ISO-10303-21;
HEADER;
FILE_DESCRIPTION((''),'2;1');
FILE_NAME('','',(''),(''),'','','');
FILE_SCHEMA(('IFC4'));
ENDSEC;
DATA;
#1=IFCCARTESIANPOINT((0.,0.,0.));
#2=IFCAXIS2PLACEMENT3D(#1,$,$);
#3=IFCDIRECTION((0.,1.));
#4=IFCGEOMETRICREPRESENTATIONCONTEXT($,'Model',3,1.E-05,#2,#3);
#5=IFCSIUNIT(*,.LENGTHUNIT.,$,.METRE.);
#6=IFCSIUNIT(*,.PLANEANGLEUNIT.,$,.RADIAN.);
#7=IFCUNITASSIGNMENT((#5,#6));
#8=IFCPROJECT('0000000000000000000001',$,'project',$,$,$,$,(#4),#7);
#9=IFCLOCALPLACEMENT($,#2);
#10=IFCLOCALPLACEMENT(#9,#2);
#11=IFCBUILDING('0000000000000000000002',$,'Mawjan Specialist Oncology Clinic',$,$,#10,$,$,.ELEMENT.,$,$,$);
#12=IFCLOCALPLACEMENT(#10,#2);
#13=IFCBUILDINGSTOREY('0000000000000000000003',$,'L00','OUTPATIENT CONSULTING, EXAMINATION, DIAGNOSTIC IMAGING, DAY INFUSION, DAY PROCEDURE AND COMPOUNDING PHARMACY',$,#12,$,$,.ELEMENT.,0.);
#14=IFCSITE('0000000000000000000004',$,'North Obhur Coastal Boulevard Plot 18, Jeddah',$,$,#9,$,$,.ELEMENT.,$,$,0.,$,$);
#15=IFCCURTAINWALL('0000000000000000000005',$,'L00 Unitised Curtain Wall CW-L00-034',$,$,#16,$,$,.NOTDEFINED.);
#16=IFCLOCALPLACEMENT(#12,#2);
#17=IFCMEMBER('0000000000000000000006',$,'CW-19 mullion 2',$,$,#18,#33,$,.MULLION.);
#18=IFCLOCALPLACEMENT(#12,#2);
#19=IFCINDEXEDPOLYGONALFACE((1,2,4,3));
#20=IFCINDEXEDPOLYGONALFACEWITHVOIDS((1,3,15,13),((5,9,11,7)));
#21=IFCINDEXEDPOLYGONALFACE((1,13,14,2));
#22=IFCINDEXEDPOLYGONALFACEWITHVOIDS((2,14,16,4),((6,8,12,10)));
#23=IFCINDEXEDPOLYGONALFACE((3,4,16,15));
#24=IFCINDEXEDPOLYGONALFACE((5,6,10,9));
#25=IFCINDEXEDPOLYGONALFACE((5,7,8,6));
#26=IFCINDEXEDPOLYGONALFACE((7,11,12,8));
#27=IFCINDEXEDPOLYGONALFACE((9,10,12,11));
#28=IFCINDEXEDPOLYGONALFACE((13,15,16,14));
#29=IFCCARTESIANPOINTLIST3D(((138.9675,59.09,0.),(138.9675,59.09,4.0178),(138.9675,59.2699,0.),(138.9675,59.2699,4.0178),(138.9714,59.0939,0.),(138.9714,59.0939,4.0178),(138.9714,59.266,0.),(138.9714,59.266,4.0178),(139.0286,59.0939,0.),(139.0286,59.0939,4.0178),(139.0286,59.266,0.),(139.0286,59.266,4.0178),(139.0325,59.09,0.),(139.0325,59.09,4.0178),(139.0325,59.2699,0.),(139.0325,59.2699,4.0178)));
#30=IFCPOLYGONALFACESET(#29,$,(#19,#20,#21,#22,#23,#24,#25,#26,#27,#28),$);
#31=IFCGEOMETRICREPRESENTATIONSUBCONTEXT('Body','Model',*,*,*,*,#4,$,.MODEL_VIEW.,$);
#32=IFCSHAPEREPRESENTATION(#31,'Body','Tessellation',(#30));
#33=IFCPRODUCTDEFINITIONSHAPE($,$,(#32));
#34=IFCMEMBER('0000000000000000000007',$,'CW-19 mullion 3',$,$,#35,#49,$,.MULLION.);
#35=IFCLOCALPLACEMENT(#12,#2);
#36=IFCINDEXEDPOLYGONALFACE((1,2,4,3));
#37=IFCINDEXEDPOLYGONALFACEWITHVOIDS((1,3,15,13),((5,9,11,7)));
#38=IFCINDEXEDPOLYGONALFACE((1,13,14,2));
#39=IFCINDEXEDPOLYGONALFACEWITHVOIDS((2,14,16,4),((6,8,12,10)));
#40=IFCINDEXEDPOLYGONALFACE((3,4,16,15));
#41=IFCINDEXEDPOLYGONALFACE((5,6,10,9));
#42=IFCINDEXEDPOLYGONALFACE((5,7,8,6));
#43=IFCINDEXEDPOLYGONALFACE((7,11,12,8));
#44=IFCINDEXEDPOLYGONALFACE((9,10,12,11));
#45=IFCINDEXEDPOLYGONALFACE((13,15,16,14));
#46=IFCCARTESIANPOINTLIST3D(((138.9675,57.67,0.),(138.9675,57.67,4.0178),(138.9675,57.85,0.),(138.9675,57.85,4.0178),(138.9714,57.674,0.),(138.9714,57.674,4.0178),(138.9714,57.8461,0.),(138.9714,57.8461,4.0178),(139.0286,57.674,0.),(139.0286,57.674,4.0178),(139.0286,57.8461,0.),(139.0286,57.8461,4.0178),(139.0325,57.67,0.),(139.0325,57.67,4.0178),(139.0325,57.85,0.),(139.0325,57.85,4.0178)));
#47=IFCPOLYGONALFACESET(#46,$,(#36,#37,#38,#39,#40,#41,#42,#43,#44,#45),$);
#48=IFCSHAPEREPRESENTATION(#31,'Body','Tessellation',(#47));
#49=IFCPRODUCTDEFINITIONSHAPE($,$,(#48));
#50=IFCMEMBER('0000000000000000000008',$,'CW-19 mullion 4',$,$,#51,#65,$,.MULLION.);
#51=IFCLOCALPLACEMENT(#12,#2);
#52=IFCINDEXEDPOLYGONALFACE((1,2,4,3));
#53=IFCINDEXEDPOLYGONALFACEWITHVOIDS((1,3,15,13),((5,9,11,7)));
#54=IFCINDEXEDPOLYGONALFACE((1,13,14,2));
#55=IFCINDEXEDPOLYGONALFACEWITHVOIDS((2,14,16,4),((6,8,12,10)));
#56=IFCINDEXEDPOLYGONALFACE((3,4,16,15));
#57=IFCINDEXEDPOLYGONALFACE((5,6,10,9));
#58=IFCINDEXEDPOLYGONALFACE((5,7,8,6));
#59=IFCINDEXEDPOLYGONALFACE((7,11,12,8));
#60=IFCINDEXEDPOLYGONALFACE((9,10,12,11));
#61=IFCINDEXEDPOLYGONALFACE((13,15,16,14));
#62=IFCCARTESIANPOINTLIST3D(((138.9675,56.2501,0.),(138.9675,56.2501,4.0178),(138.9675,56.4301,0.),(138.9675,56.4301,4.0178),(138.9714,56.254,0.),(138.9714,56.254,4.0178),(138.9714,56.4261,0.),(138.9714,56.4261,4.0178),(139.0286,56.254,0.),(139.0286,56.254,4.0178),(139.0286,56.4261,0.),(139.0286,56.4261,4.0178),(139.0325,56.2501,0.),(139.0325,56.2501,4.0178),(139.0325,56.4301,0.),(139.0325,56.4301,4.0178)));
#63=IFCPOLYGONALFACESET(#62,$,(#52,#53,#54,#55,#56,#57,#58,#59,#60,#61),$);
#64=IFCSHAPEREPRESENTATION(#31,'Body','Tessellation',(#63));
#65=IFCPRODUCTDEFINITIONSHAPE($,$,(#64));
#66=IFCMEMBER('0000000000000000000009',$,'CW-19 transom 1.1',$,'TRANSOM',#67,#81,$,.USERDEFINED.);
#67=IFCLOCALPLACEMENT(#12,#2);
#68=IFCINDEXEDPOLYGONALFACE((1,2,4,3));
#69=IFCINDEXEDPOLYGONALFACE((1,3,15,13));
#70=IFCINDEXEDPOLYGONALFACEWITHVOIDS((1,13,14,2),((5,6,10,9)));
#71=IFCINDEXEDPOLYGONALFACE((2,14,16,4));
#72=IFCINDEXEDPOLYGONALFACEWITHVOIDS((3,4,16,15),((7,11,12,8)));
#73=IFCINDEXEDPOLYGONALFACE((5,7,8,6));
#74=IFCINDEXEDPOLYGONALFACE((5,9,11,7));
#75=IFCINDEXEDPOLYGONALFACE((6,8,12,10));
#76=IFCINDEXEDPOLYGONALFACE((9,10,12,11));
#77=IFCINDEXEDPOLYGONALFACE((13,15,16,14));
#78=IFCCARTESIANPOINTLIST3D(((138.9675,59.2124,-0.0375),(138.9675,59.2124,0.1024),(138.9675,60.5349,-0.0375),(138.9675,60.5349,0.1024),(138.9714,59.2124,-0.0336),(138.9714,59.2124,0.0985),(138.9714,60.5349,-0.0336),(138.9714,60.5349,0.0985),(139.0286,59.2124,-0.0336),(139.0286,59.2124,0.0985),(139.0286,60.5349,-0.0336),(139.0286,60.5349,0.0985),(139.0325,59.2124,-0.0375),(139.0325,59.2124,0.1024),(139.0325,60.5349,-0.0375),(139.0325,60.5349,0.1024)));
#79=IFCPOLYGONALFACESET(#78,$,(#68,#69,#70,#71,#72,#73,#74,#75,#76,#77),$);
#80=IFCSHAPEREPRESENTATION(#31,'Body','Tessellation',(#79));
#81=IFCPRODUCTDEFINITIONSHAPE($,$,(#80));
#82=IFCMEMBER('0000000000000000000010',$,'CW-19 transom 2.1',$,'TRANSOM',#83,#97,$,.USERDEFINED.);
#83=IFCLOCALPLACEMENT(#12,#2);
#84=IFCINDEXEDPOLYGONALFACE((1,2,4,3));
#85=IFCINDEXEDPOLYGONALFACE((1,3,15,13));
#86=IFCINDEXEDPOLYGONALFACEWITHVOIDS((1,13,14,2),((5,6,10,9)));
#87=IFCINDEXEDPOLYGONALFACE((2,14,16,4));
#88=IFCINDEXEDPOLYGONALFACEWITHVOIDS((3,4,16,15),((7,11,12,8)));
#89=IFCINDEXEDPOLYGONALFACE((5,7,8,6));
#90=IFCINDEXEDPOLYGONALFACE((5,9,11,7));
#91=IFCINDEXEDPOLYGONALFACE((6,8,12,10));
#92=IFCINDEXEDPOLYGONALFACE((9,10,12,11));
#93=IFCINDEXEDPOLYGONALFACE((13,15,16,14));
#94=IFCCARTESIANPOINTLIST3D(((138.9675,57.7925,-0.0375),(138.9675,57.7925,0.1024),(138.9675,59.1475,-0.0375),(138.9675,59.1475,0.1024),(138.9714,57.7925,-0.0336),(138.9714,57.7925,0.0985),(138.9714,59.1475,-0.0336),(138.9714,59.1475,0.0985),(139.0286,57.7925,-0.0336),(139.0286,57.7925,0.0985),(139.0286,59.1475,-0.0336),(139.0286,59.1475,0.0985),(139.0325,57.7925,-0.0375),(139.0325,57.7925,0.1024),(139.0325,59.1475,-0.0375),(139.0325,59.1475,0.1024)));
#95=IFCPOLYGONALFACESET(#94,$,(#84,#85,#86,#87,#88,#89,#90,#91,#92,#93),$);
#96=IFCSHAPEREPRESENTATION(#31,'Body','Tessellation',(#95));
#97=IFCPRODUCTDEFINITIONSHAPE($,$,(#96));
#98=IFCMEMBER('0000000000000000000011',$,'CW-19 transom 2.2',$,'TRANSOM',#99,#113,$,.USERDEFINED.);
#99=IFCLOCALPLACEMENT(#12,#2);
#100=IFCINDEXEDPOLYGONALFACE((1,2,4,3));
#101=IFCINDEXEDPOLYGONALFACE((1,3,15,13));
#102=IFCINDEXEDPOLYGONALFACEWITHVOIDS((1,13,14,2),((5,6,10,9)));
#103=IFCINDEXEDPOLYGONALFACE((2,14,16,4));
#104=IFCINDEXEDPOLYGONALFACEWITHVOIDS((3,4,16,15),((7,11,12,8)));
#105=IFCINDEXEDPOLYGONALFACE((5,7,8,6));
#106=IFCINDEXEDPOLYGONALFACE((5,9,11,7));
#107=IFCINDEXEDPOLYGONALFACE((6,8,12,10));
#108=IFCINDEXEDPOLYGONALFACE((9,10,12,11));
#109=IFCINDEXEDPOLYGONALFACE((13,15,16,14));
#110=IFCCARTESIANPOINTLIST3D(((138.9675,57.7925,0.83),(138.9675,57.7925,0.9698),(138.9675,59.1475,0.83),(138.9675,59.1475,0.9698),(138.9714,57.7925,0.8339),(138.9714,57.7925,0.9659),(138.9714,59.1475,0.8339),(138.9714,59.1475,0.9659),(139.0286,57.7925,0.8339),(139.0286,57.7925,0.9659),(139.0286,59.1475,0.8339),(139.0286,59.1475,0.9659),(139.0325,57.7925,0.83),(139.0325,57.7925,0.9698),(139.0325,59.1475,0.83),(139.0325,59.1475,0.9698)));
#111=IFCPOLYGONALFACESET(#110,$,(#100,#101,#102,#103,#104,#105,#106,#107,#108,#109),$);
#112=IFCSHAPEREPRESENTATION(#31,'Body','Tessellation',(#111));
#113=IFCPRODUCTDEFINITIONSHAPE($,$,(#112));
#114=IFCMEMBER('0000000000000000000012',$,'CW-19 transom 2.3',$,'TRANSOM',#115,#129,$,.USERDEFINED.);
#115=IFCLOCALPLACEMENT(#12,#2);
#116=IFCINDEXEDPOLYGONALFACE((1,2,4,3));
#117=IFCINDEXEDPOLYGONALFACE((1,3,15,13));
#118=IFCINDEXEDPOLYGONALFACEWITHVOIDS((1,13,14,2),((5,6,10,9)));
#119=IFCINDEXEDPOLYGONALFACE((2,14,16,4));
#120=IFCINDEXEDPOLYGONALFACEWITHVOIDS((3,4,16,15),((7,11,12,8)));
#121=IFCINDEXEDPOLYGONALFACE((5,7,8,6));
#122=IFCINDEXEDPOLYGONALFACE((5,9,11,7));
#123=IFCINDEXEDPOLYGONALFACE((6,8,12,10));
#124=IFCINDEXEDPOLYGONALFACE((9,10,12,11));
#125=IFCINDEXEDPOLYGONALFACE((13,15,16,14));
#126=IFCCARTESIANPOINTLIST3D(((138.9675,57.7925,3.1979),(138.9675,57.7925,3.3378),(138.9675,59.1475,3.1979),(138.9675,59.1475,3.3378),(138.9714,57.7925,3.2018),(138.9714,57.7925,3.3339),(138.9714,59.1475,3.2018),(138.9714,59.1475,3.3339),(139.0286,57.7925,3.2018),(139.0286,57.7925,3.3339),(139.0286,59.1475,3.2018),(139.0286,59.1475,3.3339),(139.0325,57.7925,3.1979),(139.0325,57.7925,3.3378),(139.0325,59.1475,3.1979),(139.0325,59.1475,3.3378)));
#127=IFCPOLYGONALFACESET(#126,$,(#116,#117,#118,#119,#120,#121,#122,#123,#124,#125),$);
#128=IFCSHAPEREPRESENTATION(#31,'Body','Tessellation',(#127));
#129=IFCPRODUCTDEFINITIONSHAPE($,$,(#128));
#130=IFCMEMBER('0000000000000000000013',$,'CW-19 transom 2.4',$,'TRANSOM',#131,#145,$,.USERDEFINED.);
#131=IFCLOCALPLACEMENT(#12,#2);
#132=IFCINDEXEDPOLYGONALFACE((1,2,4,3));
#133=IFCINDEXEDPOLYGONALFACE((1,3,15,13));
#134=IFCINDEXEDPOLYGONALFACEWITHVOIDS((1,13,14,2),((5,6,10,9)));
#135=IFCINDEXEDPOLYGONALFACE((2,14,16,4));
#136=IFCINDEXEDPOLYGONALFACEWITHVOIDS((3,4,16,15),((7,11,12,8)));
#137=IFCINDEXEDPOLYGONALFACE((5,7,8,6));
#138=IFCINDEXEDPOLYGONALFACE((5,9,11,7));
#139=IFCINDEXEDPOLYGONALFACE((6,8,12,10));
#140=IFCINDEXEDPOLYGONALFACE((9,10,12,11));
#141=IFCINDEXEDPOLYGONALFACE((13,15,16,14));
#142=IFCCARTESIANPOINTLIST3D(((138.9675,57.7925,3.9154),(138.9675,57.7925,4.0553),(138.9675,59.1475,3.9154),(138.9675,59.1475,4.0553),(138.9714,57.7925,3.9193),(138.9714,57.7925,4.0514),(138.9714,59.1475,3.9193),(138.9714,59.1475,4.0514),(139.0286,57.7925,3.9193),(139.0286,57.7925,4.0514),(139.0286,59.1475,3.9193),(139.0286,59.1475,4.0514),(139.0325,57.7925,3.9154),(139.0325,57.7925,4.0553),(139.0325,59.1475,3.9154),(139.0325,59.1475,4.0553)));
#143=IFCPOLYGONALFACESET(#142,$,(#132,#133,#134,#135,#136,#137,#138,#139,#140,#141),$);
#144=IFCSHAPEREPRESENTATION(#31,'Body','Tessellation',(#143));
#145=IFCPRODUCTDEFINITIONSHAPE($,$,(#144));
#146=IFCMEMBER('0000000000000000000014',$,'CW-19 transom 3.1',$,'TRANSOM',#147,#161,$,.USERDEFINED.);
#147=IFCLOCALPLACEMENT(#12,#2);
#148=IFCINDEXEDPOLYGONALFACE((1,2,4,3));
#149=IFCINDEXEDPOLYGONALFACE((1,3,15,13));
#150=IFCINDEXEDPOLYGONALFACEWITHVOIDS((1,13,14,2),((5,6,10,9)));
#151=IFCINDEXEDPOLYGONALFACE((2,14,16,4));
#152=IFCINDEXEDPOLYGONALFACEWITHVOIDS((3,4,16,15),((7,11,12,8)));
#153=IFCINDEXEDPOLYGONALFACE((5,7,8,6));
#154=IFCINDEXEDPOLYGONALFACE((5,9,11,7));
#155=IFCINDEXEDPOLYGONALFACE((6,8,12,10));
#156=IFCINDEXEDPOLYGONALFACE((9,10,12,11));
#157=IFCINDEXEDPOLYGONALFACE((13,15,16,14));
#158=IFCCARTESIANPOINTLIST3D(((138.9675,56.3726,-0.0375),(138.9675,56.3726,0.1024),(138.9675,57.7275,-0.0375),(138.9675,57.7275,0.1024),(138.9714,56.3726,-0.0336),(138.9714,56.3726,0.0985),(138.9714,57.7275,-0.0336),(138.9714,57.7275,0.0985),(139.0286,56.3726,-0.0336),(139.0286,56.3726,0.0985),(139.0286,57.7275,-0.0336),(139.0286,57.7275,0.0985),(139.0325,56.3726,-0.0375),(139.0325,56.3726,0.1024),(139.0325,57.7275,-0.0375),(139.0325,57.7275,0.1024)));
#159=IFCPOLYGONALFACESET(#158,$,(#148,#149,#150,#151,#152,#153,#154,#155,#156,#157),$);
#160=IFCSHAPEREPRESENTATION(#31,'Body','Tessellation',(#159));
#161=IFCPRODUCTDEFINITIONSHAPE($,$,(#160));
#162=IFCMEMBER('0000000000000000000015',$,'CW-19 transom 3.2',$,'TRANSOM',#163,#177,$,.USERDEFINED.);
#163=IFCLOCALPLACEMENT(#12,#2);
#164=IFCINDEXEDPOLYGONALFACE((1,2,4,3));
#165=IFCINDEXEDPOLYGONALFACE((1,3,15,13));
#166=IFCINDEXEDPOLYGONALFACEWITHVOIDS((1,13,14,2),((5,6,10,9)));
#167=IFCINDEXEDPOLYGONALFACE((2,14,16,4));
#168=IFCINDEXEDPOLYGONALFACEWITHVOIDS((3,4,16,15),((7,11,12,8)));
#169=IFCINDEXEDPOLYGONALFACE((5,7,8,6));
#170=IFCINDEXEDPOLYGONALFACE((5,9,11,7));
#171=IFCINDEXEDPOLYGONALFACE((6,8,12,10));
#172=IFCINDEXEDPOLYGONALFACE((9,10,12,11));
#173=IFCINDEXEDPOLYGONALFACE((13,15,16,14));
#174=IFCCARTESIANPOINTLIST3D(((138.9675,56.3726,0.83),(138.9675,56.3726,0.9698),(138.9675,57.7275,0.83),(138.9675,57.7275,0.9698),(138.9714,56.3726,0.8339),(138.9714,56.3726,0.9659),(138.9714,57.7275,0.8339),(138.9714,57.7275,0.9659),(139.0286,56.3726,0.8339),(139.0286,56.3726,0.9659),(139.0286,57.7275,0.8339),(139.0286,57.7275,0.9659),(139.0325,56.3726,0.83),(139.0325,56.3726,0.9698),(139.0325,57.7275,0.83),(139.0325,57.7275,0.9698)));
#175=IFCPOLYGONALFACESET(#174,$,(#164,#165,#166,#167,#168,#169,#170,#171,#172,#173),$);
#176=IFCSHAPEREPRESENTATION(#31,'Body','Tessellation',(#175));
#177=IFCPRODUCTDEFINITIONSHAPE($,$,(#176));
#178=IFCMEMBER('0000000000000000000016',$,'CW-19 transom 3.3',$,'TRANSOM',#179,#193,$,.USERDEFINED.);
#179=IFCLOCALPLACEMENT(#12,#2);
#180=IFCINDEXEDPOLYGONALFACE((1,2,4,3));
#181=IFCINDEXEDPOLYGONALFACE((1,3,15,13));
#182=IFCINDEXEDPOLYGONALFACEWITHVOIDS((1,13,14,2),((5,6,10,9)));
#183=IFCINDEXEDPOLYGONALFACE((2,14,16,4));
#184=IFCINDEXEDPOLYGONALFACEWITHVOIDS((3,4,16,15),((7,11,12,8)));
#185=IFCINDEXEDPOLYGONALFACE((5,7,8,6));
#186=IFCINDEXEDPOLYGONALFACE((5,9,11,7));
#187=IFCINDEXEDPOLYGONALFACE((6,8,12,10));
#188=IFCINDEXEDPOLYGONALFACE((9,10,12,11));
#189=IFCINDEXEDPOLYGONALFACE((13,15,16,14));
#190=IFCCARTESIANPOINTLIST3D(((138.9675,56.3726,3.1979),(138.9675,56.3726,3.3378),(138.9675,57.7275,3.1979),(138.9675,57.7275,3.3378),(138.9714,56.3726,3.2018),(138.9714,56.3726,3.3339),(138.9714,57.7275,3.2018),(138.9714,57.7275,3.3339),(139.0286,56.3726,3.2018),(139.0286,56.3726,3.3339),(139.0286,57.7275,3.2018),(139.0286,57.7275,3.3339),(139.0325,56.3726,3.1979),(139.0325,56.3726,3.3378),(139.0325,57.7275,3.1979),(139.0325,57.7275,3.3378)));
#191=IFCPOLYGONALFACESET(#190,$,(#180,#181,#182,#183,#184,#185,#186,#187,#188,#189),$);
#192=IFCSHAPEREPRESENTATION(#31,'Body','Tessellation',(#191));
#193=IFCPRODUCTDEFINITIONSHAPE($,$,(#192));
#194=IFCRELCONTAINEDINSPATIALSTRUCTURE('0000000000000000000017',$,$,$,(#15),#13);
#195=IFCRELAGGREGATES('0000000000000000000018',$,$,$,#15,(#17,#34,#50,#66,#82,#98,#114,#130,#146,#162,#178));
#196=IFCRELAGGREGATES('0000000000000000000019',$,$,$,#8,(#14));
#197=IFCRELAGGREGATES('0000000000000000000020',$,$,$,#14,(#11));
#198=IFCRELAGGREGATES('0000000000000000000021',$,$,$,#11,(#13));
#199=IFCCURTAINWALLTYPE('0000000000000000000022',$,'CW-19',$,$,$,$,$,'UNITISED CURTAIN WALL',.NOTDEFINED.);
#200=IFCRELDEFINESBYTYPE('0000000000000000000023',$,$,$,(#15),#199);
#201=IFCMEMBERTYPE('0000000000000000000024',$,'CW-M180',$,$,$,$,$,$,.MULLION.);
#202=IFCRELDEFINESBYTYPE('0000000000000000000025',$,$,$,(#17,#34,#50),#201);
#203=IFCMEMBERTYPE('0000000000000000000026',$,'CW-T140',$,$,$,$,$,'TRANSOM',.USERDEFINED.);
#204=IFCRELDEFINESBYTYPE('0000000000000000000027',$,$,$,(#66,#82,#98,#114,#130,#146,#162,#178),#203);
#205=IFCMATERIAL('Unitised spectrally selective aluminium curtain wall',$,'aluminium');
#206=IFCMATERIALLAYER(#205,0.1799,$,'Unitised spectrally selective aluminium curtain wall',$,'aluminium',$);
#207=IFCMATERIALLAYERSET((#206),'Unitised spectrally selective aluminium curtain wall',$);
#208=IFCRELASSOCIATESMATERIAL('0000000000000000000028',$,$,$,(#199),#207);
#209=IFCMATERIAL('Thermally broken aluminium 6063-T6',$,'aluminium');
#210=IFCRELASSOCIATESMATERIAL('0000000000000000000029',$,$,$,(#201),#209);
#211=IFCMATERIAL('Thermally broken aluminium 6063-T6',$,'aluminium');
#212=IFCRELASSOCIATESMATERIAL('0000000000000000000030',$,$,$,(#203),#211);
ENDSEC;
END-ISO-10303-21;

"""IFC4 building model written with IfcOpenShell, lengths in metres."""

from ifc_helpers import new_model, si_unit, direction, frame, origin, origin_2d, place, context, subcontext, project, spatial, hollow_rectangle, extrude, material, layer, layer_set, material_profile, profile_set, type_object, element, aggregate, save


model = new_model("IFC4")

# Units and contexts
model_context = context("Model", 3, precision=1e-05, world=origin(), true_north=direction((0.0, 1.0)))
body_context = subcontext(model_context, "Body", "Model", "MODEL_VIEW")
ifc_project = project(units=[si_unit("LENGTHUNIT", "METRE"), si_unit("PLANEANGLEUNIT", "RADIAN")], contexts=[model_context])

# Site, building, storey
site_placement = place(None, origin())
site = spatial("IfcSite", under=ifc_project, at=site_placement, Name="North Obhur Coastal Boulevard Plot 18, Jeddah", CompositionType="ELEMENT", RefElevation=0.0)
building_placement = place(site_placement, origin())
building = spatial("IfcBuilding", under=site, at=building_placement, Name="Mawjan Specialist Oncology Clinic", CompositionType="ELEMENT")
storey_placement = place(building_placement, origin())
storey = spatial("IfcBuildingStorey", under=building, at=storey_placement, Name="L00", Description="OUTPATIENT CONSULTING, EXAMINATION, DIAGNOSTIC IMAGING, DAY INFUSION, DAY PROCEDURE AND COMPOUNDING PHARMACY", CompositionType="ELEMENT", Elevation=0.0)

# Curtain wall, members
ifc_material_1 = material(Name="Unitised spectrally selective aluminium curtain wall", Category="aluminium")
ifc_layer_1 = layer(ifc_material_1, 0.1799, Name="Unitised spectrally selective aluminium curtain wall", Category="aluminium")
ifc_layer_set_1 = layer_set([ifc_layer_1], Name="Unitised spectrally selective aluminium curtain wall")
curtain_wall_type = type_object("IfcCurtainWallType", Name="CW-19", ElementType="UNITISED CURTAIN WALL", PredefinedType="NOTDEFINED", material=ifc_layer_set_1)
curtain_wall_placement = place(storey_placement, origin())
curtain_wall = element("IfcCurtainWall", 1, at=curtain_wall_placement, inside=storey, type_object=curtain_wall_type, Name="L00 Unitised Curtain Wall CW-L00-034", PredefinedType="NOTDEFINED")
ifc_material_2 = material(Name="Thermally broken aluminium 6063-T6", Category="aluminium")
ifc_material_profile_1 = material_profile(ifc_material_2, hollow_rectangle(XDim=0.0649, YDim=0.1799, WallThickness=0.0039, at=origin_2d()), Name="ALU MULLION 180x65x4", Category="aluminium")
ifc_profile_set_1 = profile_set([ifc_material_profile_1], Name="Thermally broken aluminium 6063-T6")
member_type_1 = type_object("IfcMemberType", Name="CW-M180", PredefinedType="MULLION", material=ifc_profile_set_1)
member_1_placement = place(storey_placement, frame((139.0, 59.1799, 0.0), z_axis=(0.0, 0.0, 1.0), x_axis=(1.0, 0.0, 0.0)))
member_1 = element("IfcMember", 2, at=member_1_placement, type_object=member_type_1, Name="CW-19 mullion 2", PredefinedType="MULLION", context=body_context, shape_type="SweptSolid", body=[
    extrude(hollow_rectangle(XDim=0.0649, YDim=0.1799, WallThickness=0.0039, at=origin_2d()), origin(), (0.0, 0.0, 1.0), 4.0178),
])
member_2_placement = place(storey_placement, frame((139.0, 57.76, 0.0), z_axis=(0.0, 0.0, 1.0), x_axis=(1.0, 0.0, 0.0)))
member_2 = element("IfcMember", 3, at=member_2_placement, type_object=member_type_1, Name="CW-19 mullion 3", PredefinedType="MULLION", context=body_context, shape_type="SweptSolid", body=[
    extrude(hollow_rectangle(XDim=0.0649, YDim=0.1799, WallThickness=0.0039, at=origin_2d()), origin(), (0.0, 0.0, 1.0), 4.0178),
])
member_3_placement = place(storey_placement, frame((139.0, 56.3401, 0.0), z_axis=(0.0, 0.0, 1.0), x_axis=(1.0, 0.0, 0.0)))
member_3 = element("IfcMember", 4, at=member_3_placement, type_object=member_type_1, Name="CW-19 mullion 4", PredefinedType="MULLION", context=body_context, shape_type="SweptSolid", body=[
    extrude(hollow_rectangle(XDim=0.0649, YDim=0.1799, WallThickness=0.0039, at=origin_2d()), origin(), (0.0, 0.0, 1.0), 4.0178),
])
ifc_material_3 = material(Name="Thermally broken aluminium 6063-T6", Category="aluminium")
ifc_material_profile_2 = material_profile(ifc_material_3, hollow_rectangle(XDim=0.0649, YDim=0.1399, WallThickness=0.0039, at=origin_2d()), Name="ALU TRANSOM 140x65x4", Category="aluminium")
ifc_profile_set_2 = profile_set([ifc_material_profile_2], Name="Thermally broken aluminium 6063-T6")
member_type_2 = type_object("IfcMemberType", Name="CW-T140", ElementType="TRANSOM", PredefinedType="USERDEFINED", material=ifc_profile_set_2)
member_4_placement = place(storey_placement, frame((139.0, 60.5349, 0.0325), z_axis=(0.0, -1.0, 0.0), x_axis=(1.0, 0.0, 0.0)))
member_4 = element("IfcMember", 5, at=member_4_placement, type_object=member_type_2, Name="CW-19 transom 1.1", ObjectType="TRANSOM", PredefinedType="USERDEFINED", context=body_context, shape_type="SweptSolid", body=[
    extrude(hollow_rectangle(XDim=0.0649, YDim=0.1399, WallThickness=0.0039, at=origin_2d()), origin(), (0.0, 0.0, 1.0), 1.3225),
])
member_5_placement = place(storey_placement, frame((139.0, 59.1475, 0.0325), z_axis=(0.0, -1.0, 0.0), x_axis=(1.0, 0.0, 0.0)))
member_5 = element("IfcMember", 6, at=member_5_placement, type_object=member_type_2, Name="CW-19 transom 2.1", ObjectType="TRANSOM", PredefinedType="USERDEFINED", context=body_context, shape_type="SweptSolid", body=[
    extrude(hollow_rectangle(XDim=0.0649, YDim=0.1399, WallThickness=0.0039, at=origin_2d()), origin(), (0.0, 0.0, 1.0), 1.355),
])
member_6_placement = place(storey_placement, frame((139.0, 59.1475, 0.8999), z_axis=(0.0, -1.0, 0.0), x_axis=(1.0, 0.0, 0.0)))
member_6 = element("IfcMember", 7, at=member_6_placement, type_object=member_type_2, Name="CW-19 transom 2.2", ObjectType="TRANSOM", PredefinedType="USERDEFINED", context=body_context, shape_type="SweptSolid", body=[
    extrude(hollow_rectangle(XDim=0.0649, YDim=0.1399, WallThickness=0.0039, at=origin_2d()), origin(), (0.0, 0.0, 1.0), 1.355),
])
member_7_placement = place(storey_placement, frame((139.0, 59.1475, 3.2678), z_axis=(0.0, -1.0, 0.0), x_axis=(1.0, 0.0, 0.0)))
member_7 = element("IfcMember", 8, at=member_7_placement, type_object=member_type_2, Name="CW-19 transom 2.3", ObjectType="TRANSOM", PredefinedType="USERDEFINED", context=body_context, shape_type="SweptSolid", body=[
    extrude(hollow_rectangle(XDim=0.0649, YDim=0.1399, WallThickness=0.0039, at=origin_2d()), origin(), (0.0, 0.0, 1.0), 1.355),
])
member_8_placement = place(storey_placement, frame((139.0, 59.1475, 3.9854), z_axis=(0.0, -1.0, 0.0), x_axis=(1.0, 0.0, 0.0)))
member_8 = element("IfcMember", 9, at=member_8_placement, type_object=member_type_2, Name="CW-19 transom 2.4", ObjectType="TRANSOM", PredefinedType="USERDEFINED", context=body_context, shape_type="SweptSolid", body=[
    extrude(hollow_rectangle(XDim=0.0649, YDim=0.1399, WallThickness=0.0039, at=origin_2d()), origin(), (0.0, 0.0, 1.0), 1.355),
])
member_9_placement = place(storey_placement, frame((139.0, 57.7275, 0.0325), z_axis=(0.0, -1.0, 0.0), x_axis=(1.0, 0.0, 0.0)))
member_9 = element("IfcMember", 10, at=member_9_placement, type_object=member_type_2, Name="CW-19 transom 3.1", ObjectType="TRANSOM", PredefinedType="USERDEFINED", context=body_context, shape_type="SweptSolid", body=[
    extrude(hollow_rectangle(XDim=0.0649, YDim=0.1399, WallThickness=0.0039, at=origin_2d()), origin(), (0.0, 0.0, 1.0), 1.355),
])
member_10_placement = place(storey_placement, frame((139.0, 57.7275, 0.8999), z_axis=(0.0, -1.0, 0.0), x_axis=(1.0, 0.0, 0.0)))
member_10 = element("IfcMember", 11, at=member_10_placement, type_object=member_type_2, Name="CW-19 transom 3.2", ObjectType="TRANSOM", PredefinedType="USERDEFINED", context=body_context, shape_type="SweptSolid", body=[
    extrude(hollow_rectangle(XDim=0.0649, YDim=0.1399, WallThickness=0.0039, at=origin_2d()), origin(), (0.0, 0.0, 1.0), 1.355),
])
member_11_placement = place(storey_placement, frame((139.0, 57.7275, 3.2678), z_axis=(0.0, -1.0, 0.0), x_axis=(1.0, 0.0, 0.0)))
member_11 = element("IfcMember", 12, at=member_11_placement, type_object=member_type_2, Name="CW-19 transom 3.3", ObjectType="TRANSOM", PredefinedType="USERDEFINED", context=body_context, shape_type="SweptSolid", body=[
    extrude(hollow_rectangle(XDim=0.0649, YDim=0.1399, WallThickness=0.0039, at=origin_2d()), origin(), (0.0, 0.0, 1.0), 1.355),
])
aggregate(curtain_wall, [member_1, member_2, member_3, member_4, member_5, member_6, member_7, member_8, member_9, member_10, member_11])

save(model, "model.ifc")
